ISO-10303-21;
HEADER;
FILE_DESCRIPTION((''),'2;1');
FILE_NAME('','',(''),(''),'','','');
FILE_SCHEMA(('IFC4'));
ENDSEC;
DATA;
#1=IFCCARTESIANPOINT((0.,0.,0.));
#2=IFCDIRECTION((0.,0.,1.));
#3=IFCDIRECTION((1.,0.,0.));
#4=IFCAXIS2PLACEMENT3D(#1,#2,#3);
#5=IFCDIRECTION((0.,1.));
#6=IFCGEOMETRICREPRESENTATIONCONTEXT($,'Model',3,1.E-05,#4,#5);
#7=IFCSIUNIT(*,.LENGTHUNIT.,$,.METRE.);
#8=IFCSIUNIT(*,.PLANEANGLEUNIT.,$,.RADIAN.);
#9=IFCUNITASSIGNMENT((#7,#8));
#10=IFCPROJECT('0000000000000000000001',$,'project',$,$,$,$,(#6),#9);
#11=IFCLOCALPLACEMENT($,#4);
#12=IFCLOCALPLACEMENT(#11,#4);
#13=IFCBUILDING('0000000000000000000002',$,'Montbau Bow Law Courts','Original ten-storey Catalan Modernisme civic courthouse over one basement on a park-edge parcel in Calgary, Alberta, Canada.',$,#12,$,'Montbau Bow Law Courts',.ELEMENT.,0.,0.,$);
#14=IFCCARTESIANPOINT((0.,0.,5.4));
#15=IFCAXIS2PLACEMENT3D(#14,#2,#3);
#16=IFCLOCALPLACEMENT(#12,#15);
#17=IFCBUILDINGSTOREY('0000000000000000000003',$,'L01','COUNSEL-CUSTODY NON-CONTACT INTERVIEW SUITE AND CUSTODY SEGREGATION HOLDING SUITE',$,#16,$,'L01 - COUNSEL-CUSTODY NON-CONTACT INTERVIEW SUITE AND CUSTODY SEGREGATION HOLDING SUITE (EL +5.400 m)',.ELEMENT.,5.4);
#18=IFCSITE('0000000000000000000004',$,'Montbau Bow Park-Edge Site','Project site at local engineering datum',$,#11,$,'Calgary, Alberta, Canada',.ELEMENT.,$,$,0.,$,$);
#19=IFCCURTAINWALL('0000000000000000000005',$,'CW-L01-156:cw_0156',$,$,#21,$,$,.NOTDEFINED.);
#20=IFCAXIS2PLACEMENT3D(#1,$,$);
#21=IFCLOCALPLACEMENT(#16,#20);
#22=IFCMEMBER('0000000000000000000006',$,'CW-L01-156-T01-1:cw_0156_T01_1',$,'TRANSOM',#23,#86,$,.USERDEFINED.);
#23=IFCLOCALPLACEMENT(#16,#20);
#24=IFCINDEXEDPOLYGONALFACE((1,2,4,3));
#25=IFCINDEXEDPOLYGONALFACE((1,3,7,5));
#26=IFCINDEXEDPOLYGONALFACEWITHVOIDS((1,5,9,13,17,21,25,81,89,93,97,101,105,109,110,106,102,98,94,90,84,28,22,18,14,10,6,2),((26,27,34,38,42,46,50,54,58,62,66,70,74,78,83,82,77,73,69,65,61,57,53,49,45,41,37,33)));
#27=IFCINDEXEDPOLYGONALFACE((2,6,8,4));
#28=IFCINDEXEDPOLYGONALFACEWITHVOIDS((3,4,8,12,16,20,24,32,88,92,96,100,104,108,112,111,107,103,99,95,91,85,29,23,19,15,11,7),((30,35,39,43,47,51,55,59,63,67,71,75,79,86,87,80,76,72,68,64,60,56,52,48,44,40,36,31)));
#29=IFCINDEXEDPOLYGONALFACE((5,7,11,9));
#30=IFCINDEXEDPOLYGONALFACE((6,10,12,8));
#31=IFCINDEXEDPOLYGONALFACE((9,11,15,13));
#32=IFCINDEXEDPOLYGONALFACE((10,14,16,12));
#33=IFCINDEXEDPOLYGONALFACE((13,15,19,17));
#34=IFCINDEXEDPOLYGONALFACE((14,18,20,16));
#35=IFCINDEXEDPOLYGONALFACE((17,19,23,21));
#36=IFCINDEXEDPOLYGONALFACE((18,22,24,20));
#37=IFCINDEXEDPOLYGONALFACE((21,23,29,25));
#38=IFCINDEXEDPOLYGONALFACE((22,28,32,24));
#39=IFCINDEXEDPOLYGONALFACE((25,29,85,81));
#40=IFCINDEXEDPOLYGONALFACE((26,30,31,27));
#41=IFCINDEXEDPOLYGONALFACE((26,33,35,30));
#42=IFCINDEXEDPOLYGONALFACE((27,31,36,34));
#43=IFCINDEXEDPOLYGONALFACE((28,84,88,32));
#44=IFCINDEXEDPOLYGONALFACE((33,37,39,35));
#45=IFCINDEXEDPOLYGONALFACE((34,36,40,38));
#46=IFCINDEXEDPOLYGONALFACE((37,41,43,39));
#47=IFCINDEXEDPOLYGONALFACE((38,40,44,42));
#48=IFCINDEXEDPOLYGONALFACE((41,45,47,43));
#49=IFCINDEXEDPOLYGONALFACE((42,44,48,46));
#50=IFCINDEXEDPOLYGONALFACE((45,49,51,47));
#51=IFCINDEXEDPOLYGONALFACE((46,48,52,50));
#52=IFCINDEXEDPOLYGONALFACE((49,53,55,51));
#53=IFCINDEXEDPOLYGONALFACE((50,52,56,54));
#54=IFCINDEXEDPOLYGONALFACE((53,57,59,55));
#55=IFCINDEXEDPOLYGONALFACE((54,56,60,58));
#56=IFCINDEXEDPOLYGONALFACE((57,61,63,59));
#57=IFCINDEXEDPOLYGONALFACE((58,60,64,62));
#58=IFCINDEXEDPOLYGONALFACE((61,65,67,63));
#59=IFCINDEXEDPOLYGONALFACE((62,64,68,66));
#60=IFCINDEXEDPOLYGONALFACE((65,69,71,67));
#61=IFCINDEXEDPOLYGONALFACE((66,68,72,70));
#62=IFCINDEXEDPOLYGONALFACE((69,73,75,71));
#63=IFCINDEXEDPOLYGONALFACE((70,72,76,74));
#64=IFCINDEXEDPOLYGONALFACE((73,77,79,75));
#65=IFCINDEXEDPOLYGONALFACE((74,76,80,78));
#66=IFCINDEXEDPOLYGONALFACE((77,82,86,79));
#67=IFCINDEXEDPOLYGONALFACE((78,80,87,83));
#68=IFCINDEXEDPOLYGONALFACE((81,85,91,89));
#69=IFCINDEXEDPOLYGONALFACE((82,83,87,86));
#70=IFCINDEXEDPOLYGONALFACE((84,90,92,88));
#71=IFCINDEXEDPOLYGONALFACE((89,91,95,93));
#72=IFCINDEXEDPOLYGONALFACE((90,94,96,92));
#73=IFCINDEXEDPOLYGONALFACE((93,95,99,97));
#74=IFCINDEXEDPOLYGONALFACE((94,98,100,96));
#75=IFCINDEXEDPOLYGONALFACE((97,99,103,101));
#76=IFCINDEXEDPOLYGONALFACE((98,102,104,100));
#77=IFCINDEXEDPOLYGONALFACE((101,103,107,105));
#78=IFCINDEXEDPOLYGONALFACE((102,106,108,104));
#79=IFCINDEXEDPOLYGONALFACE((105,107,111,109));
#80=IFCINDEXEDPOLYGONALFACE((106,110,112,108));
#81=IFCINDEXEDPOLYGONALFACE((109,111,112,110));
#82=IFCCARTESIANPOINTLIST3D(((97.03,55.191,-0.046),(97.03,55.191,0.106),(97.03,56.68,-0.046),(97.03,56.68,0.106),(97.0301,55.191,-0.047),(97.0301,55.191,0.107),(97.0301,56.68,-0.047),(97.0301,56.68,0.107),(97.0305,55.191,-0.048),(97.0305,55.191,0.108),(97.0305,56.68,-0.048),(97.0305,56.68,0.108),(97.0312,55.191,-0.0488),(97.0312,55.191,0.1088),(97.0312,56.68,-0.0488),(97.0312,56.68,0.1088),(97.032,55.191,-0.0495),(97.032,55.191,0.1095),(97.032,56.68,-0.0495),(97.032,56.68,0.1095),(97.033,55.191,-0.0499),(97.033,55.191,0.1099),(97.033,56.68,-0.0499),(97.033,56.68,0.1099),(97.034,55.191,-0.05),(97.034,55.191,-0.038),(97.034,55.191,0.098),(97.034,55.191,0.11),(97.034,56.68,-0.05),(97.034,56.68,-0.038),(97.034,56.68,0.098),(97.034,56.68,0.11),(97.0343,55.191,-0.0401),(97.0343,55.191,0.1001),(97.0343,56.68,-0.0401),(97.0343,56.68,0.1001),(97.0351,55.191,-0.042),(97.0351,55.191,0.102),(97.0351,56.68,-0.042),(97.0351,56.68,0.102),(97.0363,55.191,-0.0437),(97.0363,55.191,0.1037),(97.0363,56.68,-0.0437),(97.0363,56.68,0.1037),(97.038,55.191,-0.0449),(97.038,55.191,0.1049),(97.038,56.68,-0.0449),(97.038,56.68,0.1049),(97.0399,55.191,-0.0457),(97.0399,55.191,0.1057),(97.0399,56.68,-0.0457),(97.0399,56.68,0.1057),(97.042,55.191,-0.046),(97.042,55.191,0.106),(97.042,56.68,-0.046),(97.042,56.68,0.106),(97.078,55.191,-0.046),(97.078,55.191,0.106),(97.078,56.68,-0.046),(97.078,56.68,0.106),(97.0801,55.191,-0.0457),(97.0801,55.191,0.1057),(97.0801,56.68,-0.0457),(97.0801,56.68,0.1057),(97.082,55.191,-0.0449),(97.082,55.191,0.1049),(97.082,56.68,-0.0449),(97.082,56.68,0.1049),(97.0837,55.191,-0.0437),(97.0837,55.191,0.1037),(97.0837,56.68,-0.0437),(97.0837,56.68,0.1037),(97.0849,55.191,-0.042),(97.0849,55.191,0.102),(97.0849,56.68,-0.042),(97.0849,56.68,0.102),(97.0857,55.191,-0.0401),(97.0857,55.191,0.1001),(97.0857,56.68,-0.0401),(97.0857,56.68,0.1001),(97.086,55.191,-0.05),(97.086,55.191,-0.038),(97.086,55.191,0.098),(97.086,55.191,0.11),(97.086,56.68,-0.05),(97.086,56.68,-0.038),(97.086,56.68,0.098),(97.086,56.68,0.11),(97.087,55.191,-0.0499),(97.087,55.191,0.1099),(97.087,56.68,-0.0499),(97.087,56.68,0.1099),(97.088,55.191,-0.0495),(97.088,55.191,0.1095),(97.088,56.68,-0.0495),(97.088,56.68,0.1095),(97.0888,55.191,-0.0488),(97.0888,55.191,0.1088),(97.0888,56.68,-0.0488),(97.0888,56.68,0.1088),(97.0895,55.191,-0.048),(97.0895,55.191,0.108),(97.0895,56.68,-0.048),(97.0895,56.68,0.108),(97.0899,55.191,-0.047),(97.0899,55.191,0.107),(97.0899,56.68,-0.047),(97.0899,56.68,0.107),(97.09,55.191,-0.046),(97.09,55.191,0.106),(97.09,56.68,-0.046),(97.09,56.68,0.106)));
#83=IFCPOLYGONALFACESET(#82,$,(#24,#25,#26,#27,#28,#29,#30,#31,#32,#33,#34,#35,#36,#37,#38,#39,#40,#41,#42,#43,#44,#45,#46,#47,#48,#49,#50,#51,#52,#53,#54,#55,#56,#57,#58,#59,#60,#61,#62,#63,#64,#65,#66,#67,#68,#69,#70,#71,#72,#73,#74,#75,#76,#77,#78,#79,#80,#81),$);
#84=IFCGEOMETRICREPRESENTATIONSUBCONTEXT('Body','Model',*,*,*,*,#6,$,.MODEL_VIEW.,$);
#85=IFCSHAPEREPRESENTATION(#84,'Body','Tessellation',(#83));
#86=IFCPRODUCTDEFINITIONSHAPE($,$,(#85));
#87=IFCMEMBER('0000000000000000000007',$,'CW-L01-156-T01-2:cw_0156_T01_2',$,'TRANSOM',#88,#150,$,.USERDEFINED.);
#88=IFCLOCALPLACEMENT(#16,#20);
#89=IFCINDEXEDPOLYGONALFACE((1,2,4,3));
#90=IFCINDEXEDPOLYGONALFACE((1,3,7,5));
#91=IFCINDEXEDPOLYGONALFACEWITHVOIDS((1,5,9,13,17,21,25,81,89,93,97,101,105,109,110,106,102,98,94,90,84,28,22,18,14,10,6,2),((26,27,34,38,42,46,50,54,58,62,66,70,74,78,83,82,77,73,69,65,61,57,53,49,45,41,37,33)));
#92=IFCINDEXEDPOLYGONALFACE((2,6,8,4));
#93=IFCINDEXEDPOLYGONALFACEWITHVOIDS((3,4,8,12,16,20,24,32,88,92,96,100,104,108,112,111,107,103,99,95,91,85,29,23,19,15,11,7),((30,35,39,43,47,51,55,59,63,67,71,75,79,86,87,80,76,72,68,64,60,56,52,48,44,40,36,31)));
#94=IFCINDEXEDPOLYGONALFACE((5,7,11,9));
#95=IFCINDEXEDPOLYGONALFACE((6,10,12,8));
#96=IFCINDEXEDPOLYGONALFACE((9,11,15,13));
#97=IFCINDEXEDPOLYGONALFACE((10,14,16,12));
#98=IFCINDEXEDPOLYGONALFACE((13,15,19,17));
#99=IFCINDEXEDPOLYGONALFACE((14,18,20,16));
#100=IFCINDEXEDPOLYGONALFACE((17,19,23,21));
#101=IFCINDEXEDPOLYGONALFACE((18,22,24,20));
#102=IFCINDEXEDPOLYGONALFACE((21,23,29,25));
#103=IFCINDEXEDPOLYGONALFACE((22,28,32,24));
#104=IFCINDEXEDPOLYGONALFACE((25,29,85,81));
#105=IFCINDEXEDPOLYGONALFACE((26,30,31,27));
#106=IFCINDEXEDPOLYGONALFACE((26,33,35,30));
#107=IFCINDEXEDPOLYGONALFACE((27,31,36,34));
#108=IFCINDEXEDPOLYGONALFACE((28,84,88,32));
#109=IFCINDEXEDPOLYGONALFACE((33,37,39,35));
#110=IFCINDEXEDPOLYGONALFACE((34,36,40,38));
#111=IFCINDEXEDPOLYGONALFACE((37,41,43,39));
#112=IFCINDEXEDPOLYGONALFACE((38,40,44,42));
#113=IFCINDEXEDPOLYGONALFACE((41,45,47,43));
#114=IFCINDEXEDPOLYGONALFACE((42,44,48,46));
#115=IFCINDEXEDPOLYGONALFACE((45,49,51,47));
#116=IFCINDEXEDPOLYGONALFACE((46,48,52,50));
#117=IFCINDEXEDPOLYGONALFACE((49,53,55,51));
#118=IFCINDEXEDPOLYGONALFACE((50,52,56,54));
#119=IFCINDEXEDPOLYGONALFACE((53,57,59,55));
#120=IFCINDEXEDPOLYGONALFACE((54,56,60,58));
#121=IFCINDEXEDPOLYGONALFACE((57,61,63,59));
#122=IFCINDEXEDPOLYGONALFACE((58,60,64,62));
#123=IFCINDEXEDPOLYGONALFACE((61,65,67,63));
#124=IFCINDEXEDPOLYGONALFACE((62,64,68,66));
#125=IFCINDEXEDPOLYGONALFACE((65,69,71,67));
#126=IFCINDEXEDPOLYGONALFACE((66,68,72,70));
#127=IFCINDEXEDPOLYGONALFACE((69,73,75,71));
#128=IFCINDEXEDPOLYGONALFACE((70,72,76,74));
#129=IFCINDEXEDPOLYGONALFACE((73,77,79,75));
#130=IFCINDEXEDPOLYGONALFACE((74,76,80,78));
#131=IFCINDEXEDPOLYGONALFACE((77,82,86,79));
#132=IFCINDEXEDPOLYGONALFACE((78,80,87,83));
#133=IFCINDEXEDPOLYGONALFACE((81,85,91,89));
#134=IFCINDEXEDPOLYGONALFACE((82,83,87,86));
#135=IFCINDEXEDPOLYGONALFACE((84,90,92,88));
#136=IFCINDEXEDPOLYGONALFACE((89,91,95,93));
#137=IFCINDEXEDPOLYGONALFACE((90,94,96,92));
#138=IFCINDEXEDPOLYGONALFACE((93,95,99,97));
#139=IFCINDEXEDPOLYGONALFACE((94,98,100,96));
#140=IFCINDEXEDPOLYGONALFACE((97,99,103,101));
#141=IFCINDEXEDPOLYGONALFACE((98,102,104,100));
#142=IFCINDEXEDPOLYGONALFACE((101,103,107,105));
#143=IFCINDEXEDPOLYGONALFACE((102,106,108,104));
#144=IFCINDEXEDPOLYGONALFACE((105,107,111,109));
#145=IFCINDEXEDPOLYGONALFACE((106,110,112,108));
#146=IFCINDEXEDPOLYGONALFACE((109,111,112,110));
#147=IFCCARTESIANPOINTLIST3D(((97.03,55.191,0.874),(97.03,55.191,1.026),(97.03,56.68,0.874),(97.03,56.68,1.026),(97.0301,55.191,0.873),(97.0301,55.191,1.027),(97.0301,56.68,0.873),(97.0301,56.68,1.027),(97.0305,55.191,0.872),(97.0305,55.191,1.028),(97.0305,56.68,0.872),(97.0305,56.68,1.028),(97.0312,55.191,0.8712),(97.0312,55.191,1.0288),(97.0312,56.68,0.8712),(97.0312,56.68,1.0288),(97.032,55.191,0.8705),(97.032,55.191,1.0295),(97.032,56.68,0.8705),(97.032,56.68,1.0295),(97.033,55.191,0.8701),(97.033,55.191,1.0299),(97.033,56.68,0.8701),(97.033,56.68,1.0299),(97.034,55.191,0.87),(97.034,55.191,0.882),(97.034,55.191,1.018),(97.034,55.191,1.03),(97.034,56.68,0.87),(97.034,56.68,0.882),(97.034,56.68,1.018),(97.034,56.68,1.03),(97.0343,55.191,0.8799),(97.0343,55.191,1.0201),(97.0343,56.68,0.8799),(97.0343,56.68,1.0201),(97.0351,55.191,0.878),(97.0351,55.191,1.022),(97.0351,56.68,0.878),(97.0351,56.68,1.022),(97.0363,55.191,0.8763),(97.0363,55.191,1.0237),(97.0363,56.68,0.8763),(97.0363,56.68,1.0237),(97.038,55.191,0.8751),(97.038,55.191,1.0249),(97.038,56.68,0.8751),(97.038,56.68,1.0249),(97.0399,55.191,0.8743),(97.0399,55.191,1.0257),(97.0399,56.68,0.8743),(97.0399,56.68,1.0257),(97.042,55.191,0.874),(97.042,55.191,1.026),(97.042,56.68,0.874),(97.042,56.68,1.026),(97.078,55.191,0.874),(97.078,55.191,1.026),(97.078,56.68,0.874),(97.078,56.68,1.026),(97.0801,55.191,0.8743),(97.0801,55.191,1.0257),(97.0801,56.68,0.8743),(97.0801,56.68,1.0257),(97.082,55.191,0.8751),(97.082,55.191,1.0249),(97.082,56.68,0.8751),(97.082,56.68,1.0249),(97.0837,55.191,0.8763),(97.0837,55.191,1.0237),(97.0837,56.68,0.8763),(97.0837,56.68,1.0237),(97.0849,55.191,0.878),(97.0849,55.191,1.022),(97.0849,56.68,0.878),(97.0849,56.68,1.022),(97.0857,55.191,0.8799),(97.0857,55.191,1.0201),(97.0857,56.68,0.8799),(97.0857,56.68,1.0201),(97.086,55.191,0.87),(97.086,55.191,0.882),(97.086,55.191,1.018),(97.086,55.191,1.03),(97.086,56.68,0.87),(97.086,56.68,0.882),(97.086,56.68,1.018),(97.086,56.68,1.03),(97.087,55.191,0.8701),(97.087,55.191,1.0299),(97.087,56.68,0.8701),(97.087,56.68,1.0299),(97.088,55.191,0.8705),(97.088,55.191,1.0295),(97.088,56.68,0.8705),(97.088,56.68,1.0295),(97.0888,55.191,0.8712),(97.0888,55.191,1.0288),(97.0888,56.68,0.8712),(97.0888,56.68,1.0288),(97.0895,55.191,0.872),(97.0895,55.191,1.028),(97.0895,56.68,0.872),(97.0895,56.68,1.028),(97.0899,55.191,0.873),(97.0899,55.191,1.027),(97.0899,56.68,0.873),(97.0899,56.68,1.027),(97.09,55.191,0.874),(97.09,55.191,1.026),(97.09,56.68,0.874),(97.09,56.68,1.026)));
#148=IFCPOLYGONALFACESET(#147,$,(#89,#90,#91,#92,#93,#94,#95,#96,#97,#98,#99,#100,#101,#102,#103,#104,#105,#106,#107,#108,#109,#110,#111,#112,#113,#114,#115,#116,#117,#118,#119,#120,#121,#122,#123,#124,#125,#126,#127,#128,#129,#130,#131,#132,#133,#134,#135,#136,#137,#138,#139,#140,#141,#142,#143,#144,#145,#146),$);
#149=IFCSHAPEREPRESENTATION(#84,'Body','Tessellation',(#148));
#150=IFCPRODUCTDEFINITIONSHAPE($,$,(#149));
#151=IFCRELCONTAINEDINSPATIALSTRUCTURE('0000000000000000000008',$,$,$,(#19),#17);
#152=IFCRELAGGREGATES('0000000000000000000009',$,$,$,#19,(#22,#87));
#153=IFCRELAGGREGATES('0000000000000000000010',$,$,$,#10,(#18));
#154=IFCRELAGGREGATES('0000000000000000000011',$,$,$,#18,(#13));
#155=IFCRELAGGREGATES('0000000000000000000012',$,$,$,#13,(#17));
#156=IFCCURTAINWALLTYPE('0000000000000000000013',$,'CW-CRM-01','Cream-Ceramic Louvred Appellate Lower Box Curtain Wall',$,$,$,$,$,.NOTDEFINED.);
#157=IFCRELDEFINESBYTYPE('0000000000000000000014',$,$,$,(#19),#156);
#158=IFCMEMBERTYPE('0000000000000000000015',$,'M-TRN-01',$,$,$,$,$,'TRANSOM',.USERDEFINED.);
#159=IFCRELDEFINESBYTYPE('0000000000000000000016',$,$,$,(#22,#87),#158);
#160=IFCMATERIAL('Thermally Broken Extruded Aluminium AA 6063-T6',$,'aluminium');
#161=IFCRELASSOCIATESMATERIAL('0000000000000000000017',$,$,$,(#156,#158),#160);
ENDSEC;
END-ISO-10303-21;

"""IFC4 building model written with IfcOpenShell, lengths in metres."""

from ifc_helpers import new_model, si_unit, direction, frame, origin_with_axes, origin_2d_with_axis, place, context, subcontext, project, spatial, hollow_rectangle, extrude, material, material_profile, profile_set, type_object, element, aggregate, save


model = new_model("IFC4")

# Units and contexts
model_context = context("Model", 3, precision=1e-05, world=origin_with_axes(), true_north=direction((0.0, 1.0)))
body_context = subcontext(model_context, "Body", "Model", "MODEL_VIEW")
ifc_project = project(units=[si_unit("LENGTHUNIT", "METRE"), si_unit("PLANEANGLEUNIT", "RADIAN")], contexts=[model_context])

# Site, building, storey
site_placement = place(None, origin_with_axes())
site = spatial("IfcSite", under=ifc_project, at=site_placement, Name="Montbau Bow Park-Edge Site", Description="Project site at local engineering datum", LongName="Calgary, Alberta, Canada", CompositionType="ELEMENT", RefElevation=0.0)
building_placement = place(site_placement, origin_with_axes())
building = spatial("IfcBuilding", under=site, at=building_placement, Name="Montbau Bow Law Courts", Description="Original ten-storey Catalan Modernisme civic courthouse over one basement on a park-edge parcel in Calgary, Alberta, Canada.", LongName="Montbau Bow Law Courts", CompositionType="ELEMENT", ElevationOfRefHeight=0.0, ElevationOfTerrain=0.0)
storey_placement = place(building_placement, frame((0.0, 0.0, 5.4), z_axis=(0.0, 0.0, 1.0), x_axis=(1.0, 0.0, 0.0)))
storey = spatial("IfcBuildingStorey", under=building, at=storey_placement, Name="L01", Description="COUNSEL-CUSTODY NON-CONTACT INTERVIEW SUITE AND CUSTODY SEGREGATION HOLDING SUITE", LongName="L01 - COUNSEL-CUSTODY NON-CONTACT INTERVIEW SUITE AND CUSTODY SEGREGATION HOLDING SUITE (EL +5.400 m)", CompositionType="ELEMENT", Elevation=5.4)

# Curtain wall
ifc_material_1 = material(Name="Thermally Broken Extruded Aluminium AA 6063-T6", Category="aluminium")
curtain_wall_type = type_object("IfcCurtainWallType", Name="CW-CRM-01", Description="Cream-Ceramic Louvred Appellate Lower Box Curtain Wall", PredefinedType="NOTDEFINED", material=ifc_material_1)
curtain_wall_1_placement = place(None, frame((97.06, 55.115, 5.4), z_axis=(0.0, 0.0, 1.0), x_axis=(1.0, 0.0, 0.0)))
curtain_wall_1 = element("IfcCurtainWall", 1, at=curtain_wall_1_placement, inside=storey, type_object=curtain_wall_type, Name="CW-L01-156:cw_0156", PredefinedType="NOTDEFINED")

# Members
ifc_material_profile_1 = material_profile(ifc_material_1, hollow_rectangle(XDim=0.06, YDim=0.16, WallThickness=0.004, InnerFilletRadius=0.008, OuterFilletRadius=0.004, at=origin_2d_with_axis()), Name="CWT-160X60", Category="Main", Priority=0)
ifc_profile_set_1 = profile_set([ifc_material_profile_1], Name="Thermally Broken Extruded Aluminium AA 6063-T6")
member_type_1 = type_object("IfcMemberType", Name="M-TRN-01", ElementType="TRANSOM", PredefinedType="USERDEFINED", material=ifc_profile_set_1)
member_1_placement = place(None, frame((97.06, 55.191, 5.43), z_axis=(0.0, 1.0, 0.0), x_axis=(-1.0, 0.0, 0.0)))
member_1 = element("IfcMember", 2, at=member_1_placement, type_object=member_type_1, Name="CW-L01-156-T01-1:cw_0156_T01_1", ObjectType="TRANSOM", PredefinedType="USERDEFINED", context=body_context, shape_type="SweptSolid", body=[
    extrude(hollow_rectangle(XDim=0.06, YDim=0.16, WallThickness=0.004, InnerFilletRadius=0.008, OuterFilletRadius=0.004, at=origin_2d_with_axis()), origin_with_axes(), (0.0, 0.0, 1.0), 1.489),
])
member_2_placement = place(None, frame((97.06, 55.191, 6.35), z_axis=(0.0, 1.0, 0.0), x_axis=(-1.0, 0.0, 0.0)))
member_2 = element("IfcMember", 3, at=member_2_placement, type_object=member_type_1, Name="CW-L01-156-T01-2:cw_0156_T01_2", ObjectType="TRANSOM", PredefinedType="USERDEFINED", context=body_context, shape_type="SweptSolid", body=[
    extrude(hollow_rectangle(XDim=0.06, YDim=0.16, WallThickness=0.004, InnerFilletRadius=0.008, OuterFilletRadius=0.004, at=origin_2d_with_axis()), origin_with_axes(), (0.0, 0.0, 1.0), 1.489),
])

aggregate(curtain_wall_1, [member_1, member_2])

save(model, "model.ifc")
